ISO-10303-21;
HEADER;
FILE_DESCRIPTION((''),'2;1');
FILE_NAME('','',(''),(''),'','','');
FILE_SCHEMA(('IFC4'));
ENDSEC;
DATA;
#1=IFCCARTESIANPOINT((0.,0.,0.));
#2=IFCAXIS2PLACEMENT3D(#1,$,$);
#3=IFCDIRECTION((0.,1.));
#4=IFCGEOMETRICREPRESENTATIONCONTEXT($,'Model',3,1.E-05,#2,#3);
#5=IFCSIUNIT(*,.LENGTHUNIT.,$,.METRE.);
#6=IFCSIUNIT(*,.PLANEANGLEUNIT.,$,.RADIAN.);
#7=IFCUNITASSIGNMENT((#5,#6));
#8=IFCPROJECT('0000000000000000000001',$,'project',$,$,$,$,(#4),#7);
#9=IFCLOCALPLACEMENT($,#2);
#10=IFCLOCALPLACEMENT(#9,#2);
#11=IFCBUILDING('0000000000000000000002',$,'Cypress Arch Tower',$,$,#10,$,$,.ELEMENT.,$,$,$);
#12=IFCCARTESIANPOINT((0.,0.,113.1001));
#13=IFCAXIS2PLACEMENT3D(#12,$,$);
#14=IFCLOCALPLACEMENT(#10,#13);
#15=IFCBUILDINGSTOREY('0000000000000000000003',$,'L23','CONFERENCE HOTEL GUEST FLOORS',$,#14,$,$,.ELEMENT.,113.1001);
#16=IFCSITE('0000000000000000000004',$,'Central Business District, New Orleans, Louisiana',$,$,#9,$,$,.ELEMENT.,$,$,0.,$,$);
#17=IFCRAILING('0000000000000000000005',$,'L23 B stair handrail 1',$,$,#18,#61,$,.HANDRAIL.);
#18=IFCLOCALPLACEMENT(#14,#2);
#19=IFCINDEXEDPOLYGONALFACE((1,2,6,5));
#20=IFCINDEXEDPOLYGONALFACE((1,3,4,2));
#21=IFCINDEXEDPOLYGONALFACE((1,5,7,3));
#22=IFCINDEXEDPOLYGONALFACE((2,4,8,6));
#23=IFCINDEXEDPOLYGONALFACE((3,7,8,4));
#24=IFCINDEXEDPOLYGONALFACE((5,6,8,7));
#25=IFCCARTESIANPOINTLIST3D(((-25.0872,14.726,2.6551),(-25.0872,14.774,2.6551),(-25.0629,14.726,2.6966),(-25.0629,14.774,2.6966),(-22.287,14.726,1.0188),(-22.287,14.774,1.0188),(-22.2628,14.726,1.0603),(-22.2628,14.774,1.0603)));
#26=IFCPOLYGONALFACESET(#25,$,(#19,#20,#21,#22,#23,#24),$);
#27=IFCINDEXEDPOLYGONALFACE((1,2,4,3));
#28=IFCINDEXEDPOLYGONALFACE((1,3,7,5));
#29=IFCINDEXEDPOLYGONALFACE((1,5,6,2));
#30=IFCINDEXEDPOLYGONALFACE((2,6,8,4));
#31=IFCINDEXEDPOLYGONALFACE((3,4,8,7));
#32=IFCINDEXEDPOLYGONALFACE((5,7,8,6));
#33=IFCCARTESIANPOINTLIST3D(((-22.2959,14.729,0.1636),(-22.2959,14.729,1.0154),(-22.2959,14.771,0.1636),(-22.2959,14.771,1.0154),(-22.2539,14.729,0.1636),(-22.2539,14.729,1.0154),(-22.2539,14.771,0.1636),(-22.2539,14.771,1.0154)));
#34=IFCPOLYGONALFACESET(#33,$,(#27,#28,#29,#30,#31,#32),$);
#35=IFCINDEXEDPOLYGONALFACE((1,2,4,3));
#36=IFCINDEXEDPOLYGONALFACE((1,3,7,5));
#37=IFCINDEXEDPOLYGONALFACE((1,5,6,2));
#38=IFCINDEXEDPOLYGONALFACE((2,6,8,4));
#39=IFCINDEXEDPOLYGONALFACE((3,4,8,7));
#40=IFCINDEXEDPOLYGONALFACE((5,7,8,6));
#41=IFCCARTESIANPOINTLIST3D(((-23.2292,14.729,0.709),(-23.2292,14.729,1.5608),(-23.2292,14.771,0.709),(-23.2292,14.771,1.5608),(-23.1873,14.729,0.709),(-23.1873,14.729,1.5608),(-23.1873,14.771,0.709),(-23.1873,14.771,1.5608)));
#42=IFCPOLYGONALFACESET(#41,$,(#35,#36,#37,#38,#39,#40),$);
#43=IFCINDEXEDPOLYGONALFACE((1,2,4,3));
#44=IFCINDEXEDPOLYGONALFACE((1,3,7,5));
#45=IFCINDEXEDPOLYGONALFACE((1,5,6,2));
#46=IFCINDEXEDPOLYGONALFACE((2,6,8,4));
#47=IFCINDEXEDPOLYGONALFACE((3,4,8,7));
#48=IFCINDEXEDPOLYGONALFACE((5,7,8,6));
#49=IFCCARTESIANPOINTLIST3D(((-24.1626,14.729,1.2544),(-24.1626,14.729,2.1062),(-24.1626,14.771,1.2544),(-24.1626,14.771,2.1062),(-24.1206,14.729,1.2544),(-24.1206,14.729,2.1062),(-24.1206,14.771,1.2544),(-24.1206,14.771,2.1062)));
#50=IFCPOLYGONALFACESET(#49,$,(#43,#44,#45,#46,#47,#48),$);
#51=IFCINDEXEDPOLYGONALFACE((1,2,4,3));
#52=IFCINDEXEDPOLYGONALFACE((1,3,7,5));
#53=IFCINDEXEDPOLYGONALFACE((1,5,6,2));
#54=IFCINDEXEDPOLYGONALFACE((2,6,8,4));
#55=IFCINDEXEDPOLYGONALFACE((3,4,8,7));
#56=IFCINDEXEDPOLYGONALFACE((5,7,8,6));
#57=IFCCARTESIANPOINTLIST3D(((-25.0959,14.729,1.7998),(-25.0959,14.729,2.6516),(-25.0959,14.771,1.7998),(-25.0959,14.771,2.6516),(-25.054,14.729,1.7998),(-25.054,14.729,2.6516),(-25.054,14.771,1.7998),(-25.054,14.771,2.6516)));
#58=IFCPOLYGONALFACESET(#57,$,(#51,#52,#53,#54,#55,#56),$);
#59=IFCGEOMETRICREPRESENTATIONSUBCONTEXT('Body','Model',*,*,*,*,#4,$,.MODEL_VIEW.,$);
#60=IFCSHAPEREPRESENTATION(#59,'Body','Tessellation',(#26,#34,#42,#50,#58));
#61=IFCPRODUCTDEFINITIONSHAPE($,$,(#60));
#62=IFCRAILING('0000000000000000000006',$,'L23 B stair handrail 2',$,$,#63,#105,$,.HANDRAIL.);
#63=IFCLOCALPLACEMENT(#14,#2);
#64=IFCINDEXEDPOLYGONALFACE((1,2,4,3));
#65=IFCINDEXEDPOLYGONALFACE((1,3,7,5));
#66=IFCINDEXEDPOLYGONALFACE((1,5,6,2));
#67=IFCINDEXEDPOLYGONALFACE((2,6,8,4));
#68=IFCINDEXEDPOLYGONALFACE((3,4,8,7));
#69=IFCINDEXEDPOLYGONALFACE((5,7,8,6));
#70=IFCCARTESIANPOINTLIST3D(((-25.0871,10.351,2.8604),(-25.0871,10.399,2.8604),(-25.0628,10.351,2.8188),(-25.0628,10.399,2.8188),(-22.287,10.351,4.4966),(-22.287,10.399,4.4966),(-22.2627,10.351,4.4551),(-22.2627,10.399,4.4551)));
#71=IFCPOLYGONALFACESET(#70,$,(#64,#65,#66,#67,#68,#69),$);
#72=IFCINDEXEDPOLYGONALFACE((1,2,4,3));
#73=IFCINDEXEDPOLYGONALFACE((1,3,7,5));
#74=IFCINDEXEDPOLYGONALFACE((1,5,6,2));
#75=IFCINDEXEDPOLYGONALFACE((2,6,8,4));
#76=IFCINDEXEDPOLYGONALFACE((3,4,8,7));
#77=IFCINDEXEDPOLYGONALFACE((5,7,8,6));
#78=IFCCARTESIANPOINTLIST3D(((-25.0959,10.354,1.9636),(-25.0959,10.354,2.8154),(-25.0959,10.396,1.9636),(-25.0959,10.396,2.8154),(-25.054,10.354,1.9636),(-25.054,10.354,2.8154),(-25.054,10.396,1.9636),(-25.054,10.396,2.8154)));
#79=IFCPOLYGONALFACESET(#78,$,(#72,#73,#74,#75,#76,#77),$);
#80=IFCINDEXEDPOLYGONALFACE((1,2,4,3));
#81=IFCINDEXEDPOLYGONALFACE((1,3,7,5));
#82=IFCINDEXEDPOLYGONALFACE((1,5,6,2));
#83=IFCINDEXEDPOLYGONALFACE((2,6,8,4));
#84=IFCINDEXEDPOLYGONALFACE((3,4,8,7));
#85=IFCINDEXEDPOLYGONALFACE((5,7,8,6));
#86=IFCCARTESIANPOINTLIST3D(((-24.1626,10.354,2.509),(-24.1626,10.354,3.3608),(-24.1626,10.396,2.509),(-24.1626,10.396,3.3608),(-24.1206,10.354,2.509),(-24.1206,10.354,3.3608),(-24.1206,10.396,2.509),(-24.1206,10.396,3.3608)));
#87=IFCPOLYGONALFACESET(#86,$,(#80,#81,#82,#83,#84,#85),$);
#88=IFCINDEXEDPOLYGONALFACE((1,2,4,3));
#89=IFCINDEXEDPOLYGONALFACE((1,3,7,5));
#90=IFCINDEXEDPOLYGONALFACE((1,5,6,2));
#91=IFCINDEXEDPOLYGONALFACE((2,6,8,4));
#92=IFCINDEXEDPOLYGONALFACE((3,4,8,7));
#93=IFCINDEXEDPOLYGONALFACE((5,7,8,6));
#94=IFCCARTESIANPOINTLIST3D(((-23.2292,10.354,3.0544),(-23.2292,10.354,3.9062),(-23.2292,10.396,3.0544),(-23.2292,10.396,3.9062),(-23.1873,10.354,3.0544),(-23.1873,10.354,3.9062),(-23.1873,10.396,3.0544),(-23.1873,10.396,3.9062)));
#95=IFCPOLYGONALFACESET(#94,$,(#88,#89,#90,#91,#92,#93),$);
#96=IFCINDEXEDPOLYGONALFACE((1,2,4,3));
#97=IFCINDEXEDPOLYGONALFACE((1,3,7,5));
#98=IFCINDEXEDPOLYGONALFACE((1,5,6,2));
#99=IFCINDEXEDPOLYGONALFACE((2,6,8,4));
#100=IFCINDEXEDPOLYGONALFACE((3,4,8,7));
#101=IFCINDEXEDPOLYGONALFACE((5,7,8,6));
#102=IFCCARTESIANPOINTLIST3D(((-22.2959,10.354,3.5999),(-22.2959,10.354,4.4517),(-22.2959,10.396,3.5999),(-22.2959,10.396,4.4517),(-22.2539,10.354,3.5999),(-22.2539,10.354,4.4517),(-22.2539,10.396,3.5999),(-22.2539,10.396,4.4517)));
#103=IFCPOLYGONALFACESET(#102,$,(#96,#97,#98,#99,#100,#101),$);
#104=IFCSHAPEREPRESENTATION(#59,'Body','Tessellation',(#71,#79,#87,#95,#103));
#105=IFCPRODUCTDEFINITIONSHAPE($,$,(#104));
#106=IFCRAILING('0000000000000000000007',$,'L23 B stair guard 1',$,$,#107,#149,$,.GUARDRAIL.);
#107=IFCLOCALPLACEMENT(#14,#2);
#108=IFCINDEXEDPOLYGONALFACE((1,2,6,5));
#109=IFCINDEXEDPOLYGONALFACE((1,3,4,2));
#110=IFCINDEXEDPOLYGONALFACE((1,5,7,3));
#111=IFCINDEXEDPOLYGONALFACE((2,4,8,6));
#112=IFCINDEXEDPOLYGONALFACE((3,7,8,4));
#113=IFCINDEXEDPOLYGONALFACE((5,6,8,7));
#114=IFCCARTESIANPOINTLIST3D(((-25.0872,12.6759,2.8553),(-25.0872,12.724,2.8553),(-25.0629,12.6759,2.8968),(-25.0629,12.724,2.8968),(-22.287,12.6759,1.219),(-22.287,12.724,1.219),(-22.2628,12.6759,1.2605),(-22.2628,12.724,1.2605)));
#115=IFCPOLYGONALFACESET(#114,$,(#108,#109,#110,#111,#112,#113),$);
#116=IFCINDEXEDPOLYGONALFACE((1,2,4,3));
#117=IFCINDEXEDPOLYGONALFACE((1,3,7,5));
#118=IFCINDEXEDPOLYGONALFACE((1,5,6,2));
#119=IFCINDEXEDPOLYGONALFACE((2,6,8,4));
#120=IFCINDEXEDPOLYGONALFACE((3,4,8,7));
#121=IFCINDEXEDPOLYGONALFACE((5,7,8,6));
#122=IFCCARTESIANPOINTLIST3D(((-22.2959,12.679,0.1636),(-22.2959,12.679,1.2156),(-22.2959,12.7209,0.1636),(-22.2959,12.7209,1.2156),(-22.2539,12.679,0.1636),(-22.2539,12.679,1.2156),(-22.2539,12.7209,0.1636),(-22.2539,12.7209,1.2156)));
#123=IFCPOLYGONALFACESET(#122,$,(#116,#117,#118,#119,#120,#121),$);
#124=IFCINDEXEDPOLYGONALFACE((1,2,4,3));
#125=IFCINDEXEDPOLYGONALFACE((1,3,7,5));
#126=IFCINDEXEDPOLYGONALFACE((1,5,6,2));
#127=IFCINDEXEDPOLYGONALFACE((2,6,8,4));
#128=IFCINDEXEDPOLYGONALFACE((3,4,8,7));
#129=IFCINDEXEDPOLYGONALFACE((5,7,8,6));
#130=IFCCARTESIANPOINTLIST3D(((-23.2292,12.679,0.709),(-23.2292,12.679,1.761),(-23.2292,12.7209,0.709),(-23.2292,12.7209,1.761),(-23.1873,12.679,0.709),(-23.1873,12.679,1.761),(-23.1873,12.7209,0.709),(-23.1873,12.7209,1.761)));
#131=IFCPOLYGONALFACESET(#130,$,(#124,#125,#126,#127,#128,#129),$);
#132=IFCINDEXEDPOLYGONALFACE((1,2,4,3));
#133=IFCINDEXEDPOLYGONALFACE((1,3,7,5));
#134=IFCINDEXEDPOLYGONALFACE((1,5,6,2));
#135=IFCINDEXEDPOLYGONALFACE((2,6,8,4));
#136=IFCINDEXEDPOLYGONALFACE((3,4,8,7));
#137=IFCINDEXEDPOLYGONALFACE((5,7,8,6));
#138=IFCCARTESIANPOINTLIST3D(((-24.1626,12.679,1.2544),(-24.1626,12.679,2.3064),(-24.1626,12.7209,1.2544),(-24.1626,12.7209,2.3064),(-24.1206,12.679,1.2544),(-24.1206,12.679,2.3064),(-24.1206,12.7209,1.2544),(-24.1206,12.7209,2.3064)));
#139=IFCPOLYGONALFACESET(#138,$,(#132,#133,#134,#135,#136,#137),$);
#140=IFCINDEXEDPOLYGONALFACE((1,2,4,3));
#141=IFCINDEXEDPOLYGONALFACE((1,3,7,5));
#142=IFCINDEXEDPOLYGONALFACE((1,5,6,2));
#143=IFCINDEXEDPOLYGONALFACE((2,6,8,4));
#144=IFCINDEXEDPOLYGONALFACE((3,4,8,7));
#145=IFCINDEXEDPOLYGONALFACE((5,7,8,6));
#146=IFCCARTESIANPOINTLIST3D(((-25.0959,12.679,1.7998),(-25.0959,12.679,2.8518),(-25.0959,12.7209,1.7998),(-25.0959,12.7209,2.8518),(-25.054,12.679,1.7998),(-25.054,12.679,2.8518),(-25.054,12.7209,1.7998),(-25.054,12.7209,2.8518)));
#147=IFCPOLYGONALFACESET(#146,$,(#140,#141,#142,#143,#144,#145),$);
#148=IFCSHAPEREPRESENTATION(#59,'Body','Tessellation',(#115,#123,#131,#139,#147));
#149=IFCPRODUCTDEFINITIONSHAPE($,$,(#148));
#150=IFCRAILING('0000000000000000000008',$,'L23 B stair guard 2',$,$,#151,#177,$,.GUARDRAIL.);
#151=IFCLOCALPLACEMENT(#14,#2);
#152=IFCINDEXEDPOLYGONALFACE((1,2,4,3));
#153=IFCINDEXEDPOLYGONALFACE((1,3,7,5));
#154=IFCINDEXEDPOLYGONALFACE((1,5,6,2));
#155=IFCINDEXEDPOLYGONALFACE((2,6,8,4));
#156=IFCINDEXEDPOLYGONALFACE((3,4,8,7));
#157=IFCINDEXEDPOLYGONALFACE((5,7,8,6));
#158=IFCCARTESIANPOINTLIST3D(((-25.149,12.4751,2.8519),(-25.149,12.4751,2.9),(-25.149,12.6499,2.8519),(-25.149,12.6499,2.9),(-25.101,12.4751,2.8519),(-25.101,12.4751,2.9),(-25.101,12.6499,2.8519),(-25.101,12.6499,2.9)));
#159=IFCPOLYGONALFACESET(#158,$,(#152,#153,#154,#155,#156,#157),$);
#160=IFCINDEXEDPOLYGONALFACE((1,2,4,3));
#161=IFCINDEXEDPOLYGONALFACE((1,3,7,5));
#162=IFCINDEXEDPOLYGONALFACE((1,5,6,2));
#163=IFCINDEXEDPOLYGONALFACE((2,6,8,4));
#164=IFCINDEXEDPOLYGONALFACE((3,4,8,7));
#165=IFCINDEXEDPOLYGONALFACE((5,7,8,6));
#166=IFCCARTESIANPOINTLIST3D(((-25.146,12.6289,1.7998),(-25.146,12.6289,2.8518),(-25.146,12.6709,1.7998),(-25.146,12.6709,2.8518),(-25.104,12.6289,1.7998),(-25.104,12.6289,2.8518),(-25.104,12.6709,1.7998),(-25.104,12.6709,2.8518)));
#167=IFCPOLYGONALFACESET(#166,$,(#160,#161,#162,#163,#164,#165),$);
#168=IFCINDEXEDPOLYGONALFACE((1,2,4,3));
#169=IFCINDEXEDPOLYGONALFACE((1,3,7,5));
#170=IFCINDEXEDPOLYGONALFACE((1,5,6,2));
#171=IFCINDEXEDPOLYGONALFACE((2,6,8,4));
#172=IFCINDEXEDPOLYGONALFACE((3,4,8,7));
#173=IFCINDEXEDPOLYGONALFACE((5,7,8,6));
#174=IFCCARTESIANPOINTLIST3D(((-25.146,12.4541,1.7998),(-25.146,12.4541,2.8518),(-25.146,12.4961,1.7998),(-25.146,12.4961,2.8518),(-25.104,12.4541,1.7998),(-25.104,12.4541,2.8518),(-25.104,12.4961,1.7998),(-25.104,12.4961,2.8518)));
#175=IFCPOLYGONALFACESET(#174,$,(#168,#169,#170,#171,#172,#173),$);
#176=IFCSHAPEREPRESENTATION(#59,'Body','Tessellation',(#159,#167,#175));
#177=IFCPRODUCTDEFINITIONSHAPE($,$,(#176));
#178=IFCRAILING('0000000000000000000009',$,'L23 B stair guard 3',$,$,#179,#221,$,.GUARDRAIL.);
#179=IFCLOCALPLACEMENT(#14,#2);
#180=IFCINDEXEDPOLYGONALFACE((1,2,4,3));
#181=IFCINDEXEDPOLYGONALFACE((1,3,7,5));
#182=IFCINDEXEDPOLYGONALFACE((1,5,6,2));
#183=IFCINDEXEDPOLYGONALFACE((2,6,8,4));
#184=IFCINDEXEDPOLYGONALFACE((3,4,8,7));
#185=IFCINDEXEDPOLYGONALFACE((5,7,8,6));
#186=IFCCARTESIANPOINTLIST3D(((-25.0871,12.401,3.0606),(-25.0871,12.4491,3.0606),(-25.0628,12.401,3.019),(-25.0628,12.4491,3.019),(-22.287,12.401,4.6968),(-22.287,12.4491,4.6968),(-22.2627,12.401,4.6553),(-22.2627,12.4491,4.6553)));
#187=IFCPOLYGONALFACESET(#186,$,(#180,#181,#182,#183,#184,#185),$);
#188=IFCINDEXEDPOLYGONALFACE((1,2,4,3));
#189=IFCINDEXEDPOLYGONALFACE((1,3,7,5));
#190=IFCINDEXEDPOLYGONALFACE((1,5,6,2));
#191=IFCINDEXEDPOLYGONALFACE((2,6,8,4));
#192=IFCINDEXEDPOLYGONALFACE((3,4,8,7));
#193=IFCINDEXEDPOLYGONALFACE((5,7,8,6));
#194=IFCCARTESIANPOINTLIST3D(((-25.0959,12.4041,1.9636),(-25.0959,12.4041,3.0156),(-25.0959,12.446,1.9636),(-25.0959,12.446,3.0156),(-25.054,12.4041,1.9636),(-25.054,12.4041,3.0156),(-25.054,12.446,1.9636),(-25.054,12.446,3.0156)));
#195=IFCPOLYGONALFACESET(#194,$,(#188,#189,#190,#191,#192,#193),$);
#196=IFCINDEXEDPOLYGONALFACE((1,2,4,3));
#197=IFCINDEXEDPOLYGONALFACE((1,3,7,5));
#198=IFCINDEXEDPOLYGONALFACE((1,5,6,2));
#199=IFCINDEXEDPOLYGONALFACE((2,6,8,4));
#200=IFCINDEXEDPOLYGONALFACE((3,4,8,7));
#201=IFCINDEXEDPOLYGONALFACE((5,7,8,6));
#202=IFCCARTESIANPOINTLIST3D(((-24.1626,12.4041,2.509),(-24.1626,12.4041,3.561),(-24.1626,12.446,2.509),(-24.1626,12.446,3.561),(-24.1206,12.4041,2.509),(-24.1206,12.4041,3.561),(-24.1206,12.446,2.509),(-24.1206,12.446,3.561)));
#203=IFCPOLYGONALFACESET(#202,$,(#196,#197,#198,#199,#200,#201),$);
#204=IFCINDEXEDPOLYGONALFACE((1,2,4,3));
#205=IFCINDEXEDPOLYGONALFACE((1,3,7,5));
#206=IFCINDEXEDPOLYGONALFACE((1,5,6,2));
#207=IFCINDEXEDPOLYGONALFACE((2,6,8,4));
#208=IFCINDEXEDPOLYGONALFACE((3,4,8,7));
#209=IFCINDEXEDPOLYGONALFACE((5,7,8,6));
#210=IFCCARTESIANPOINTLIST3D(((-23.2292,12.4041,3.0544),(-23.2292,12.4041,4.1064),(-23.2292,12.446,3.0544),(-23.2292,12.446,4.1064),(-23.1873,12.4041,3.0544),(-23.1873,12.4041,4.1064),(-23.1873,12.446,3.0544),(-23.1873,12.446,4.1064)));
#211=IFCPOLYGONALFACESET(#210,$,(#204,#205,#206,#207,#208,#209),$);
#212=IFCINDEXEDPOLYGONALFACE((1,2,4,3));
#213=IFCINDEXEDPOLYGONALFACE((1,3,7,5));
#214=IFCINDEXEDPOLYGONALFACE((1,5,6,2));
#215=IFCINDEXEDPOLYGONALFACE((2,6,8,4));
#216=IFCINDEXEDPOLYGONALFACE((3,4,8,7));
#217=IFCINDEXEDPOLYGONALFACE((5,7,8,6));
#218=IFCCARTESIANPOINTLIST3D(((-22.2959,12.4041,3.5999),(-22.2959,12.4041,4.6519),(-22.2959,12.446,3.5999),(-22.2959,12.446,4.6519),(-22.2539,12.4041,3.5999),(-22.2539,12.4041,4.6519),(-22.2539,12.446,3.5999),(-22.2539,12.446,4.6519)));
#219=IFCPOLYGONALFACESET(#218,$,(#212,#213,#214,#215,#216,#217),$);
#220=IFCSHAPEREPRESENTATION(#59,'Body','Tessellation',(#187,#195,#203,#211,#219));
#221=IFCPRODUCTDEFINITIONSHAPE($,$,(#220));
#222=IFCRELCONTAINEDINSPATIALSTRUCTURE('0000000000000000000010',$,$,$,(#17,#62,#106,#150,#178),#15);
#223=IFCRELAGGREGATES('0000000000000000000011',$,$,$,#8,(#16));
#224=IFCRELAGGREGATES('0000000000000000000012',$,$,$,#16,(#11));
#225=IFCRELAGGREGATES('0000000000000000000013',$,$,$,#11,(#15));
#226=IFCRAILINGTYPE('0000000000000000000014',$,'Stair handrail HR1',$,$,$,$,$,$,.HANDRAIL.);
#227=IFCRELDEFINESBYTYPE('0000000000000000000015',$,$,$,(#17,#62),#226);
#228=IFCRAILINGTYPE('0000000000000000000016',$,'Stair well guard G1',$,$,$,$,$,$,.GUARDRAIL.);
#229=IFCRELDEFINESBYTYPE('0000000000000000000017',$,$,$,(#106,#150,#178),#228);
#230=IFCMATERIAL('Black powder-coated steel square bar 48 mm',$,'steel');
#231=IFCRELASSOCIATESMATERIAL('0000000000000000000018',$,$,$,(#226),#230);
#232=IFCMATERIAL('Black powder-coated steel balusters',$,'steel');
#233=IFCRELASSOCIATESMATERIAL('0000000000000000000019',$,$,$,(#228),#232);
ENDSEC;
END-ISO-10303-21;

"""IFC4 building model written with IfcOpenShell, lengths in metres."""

from ifc_helpers import new_model, si_unit, direction, frame, origin, origin_2d, place, context, subcontext, project, spatial, rectangle, extrude, material, type_object, element, save


model = new_model("IFC4")

# Units and contexts
model_context = context("Model", 3, precision=1e-05, world=origin(), true_north=direction((0.0, 1.0)))
body_context = subcontext(model_context, "Body", "Model", "MODEL_VIEW")
ifc_project = project(units=[si_unit("LENGTHUNIT", "METRE"), si_unit("PLANEANGLEUNIT", "RADIAN")], contexts=[model_context])

# Site, building, storey
site_placement = place(None, origin())
site = spatial("IfcSite", under=ifc_project, at=site_placement, Name="Central Business District, New Orleans, Louisiana", CompositionType="ELEMENT", RefElevation=0.0)
building_placement = place(site_placement, origin())
building = spatial("IfcBuilding", under=site, at=building_placement, Name="Cypress Arch Tower", CompositionType="ELEMENT")
storey_placement = place(building_placement, frame((0.0, 0.0, 113.1001)))
storey = spatial("IfcBuildingStorey", under=building, at=storey_placement, Name="L23", Description="CONFERENCE HOTEL GUEST FLOORS", CompositionType="ELEMENT", Elevation=113.1001)

# Railings
ifc_material_1 = material(Name="Black powder-coated steel square bar 48 mm", Category="steel")
railing_type_1 = type_object("IfcRailingType", Name="Stair handrail HR1", PredefinedType="HANDRAIL", material=ifc_material_1)
railing_1_placement = place(storey_placement, frame((-22.2749, 14.75, 0.1636)))
element("IfcRailing", 1, at=railing_1_placement, inside=storey, type_object=railing_type_1, Name="L23 B stair handrail 1", PredefinedType="HANDRAIL", context=body_context, shape_type="SweptSolid", body=[
    extrude(rectangle(XDim=0.0481, YDim=0.0481, at=origin_2d()), frame((0.0, 0.0, 0.876), z_axis=(-0.863394, 0.0, 0.504531), x_axis=(0.0, -1.0, 0.0)), (0.0, 0.0, 1.0), 3.2432),
    extrude(rectangle(XDim=0.042, YDim=0.042, at=origin_2d()), origin(), (0.0, 0.0, 1.0), 0.8518),
    extrude(rectangle(XDim=0.042, YDim=0.042, at=origin_2d()), frame((-0.9333, 0.0, 0.5454)), (0.0, 0.0, 1.0), 0.8518),
    extrude(rectangle(XDim=0.042, YDim=0.042, at=origin_2d()), frame((-1.8667, 0.0, 1.0908)), (0.0, 0.0, 1.0), 0.8518),
    extrude(rectangle(XDim=0.042, YDim=0.042, at=origin_2d()), frame((-2.8, 0.0, 1.6362)), (0.0, 0.0, 1.0), 0.8518),
])
railing_2_placement = place(storey_placement, frame((-25.075, 10.375, 1.9636)))
element("IfcRailing", 2, at=railing_2_placement, inside=storey, type_object=railing_type_1, Name="L23 B stair handrail 2", PredefinedType="HANDRAIL", context=body_context, shape_type="SweptSolid", body=[
    extrude(rectangle(XDim=0.0481, YDim=0.0481, at=origin_2d()), frame((0.0, 0.0, 0.876), z_axis=(0.863394, 0.0, 0.504531), x_axis=(0.0, 1.0, 0.0)), (0.0, 0.0, 1.0), 3.2432),
    extrude(rectangle(XDim=0.042, YDim=0.042, at=origin_2d()), origin(), (0.0, 0.0, 1.0), 0.8518),
    extrude(rectangle(XDim=0.042, YDim=0.042, at=origin_2d()), frame((0.9333, 0.0, 0.5454)), (0.0, 0.0, 1.0), 0.8518),
    extrude(rectangle(XDim=0.042, YDim=0.042, at=origin_2d()), frame((1.8667, 0.0, 1.0908)), (0.0, 0.0, 1.0), 0.8518),
    extrude(rectangle(XDim=0.042, YDim=0.042, at=origin_2d()), frame((2.8, 0.0, 1.6362)), (0.0, 0.0, 1.0), 0.8518),
])
ifc_material_2 = material(Name="Black powder-coated steel balusters", Category="steel")
railing_type_2 = type_object("IfcRailingType", Name="Stair well guard G1", PredefinedType="GUARDRAIL", material=ifc_material_2)
railing_3_placement = place(storey_placement, frame((-22.2749, 12.7, 0.1636)))
element("IfcRailing", 3, at=railing_3_placement, inside=storey, type_object=railing_type_2, Name="L23 B stair guard 1", PredefinedType="GUARDRAIL", context=body_context, shape_type="SweptSolid", body=[
    extrude(rectangle(XDim=0.0481, YDim=0.0481, at=origin_2d()), frame((0.0, 0.0, 1.0762), z_axis=(-0.863394, 0.0, 0.504531), x_axis=(0.0, -1.0, 0.0)), (0.0, 0.0, 1.0), 3.2432),
    extrude(rectangle(XDim=0.042, YDim=0.042, at=origin_2d()), origin(), (0.0, 0.0, 1.0), 1.052),
    extrude(rectangle(XDim=0.042, YDim=0.042, at=origin_2d()), frame((-0.9333, 0.0, 0.5454)), (0.0, 0.0, 1.0), 1.052),
    extrude(rectangle(XDim=0.042, YDim=0.042, at=origin_2d()), frame((-1.8667, 0.0, 1.0908)), (0.0, 0.0, 1.0), 1.052),
    extrude(rectangle(XDim=0.042, YDim=0.042, at=origin_2d()), frame((-2.8, 0.0, 1.6362)), (0.0, 0.0, 1.0), 1.052),
])
railing_4_placement = place(storey_placement, frame((-25.125, 12.6499, 1.7998)))
element("IfcRailing", 4, at=railing_4_placement, inside=storey, type_object=railing_type_2, Name="L23 B stair guard 2", PredefinedType="GUARDRAIL", context=body_context, shape_type="SweptSolid", body=[
    extrude(rectangle(XDim=0.0481, YDim=0.0481, at=origin_2d()), frame((0.0, 0.0, 1.0762), z_axis=(0.0, -1.0, 0.0), x_axis=(1.0, 0.0, 0.0)), (0.0, 0.0, 1.0), 0.1748),
    extrude(rectangle(XDim=0.042, YDim=0.042, at=origin_2d()), origin(), (0.0, 0.0, 1.0), 1.052),
    extrude(rectangle(XDim=0.042, YDim=0.042, at=origin_2d()), frame((0.0, -0.1748, 0.0)), (0.0, 0.0, 1.0), 1.052),
])
railing_5_placement = place(storey_placement, frame((-25.075, 12.425, 1.9636)))
element("IfcRailing", 5, at=railing_5_placement, inside=storey, type_object=railing_type_2, Name="L23 B stair guard 3", PredefinedType="GUARDRAIL", context=body_context, shape_type="SweptSolid", body=[
    extrude(rectangle(XDim=0.0481, YDim=0.0481, at=origin_2d()), frame((0.0, 0.0, 1.0762), z_axis=(0.863394, 0.0, 0.504531), x_axis=(0.0, 1.0, 0.0)), (0.0, 0.0, 1.0), 3.2432),
    extrude(rectangle(XDim=0.042, YDim=0.042, at=origin_2d()), origin(), (0.0, 0.0, 1.0), 1.052),
    extrude(rectangle(XDim=0.042, YDim=0.042, at=origin_2d()), frame((0.9333, 0.0, 0.5454)), (0.0, 0.0, 1.0), 1.052),
    extrude(rectangle(XDim=0.042, YDim=0.042, at=origin_2d()), frame((1.8667, 0.0, 1.0908)), (0.0, 0.0, 1.0), 1.052),
    extrude(rectangle(XDim=0.042, YDim=0.042, at=origin_2d()), frame((2.8, 0.0, 1.6362)), (0.0, 0.0, 1.0), 1.052),
])

save(model, "model.ifc")
